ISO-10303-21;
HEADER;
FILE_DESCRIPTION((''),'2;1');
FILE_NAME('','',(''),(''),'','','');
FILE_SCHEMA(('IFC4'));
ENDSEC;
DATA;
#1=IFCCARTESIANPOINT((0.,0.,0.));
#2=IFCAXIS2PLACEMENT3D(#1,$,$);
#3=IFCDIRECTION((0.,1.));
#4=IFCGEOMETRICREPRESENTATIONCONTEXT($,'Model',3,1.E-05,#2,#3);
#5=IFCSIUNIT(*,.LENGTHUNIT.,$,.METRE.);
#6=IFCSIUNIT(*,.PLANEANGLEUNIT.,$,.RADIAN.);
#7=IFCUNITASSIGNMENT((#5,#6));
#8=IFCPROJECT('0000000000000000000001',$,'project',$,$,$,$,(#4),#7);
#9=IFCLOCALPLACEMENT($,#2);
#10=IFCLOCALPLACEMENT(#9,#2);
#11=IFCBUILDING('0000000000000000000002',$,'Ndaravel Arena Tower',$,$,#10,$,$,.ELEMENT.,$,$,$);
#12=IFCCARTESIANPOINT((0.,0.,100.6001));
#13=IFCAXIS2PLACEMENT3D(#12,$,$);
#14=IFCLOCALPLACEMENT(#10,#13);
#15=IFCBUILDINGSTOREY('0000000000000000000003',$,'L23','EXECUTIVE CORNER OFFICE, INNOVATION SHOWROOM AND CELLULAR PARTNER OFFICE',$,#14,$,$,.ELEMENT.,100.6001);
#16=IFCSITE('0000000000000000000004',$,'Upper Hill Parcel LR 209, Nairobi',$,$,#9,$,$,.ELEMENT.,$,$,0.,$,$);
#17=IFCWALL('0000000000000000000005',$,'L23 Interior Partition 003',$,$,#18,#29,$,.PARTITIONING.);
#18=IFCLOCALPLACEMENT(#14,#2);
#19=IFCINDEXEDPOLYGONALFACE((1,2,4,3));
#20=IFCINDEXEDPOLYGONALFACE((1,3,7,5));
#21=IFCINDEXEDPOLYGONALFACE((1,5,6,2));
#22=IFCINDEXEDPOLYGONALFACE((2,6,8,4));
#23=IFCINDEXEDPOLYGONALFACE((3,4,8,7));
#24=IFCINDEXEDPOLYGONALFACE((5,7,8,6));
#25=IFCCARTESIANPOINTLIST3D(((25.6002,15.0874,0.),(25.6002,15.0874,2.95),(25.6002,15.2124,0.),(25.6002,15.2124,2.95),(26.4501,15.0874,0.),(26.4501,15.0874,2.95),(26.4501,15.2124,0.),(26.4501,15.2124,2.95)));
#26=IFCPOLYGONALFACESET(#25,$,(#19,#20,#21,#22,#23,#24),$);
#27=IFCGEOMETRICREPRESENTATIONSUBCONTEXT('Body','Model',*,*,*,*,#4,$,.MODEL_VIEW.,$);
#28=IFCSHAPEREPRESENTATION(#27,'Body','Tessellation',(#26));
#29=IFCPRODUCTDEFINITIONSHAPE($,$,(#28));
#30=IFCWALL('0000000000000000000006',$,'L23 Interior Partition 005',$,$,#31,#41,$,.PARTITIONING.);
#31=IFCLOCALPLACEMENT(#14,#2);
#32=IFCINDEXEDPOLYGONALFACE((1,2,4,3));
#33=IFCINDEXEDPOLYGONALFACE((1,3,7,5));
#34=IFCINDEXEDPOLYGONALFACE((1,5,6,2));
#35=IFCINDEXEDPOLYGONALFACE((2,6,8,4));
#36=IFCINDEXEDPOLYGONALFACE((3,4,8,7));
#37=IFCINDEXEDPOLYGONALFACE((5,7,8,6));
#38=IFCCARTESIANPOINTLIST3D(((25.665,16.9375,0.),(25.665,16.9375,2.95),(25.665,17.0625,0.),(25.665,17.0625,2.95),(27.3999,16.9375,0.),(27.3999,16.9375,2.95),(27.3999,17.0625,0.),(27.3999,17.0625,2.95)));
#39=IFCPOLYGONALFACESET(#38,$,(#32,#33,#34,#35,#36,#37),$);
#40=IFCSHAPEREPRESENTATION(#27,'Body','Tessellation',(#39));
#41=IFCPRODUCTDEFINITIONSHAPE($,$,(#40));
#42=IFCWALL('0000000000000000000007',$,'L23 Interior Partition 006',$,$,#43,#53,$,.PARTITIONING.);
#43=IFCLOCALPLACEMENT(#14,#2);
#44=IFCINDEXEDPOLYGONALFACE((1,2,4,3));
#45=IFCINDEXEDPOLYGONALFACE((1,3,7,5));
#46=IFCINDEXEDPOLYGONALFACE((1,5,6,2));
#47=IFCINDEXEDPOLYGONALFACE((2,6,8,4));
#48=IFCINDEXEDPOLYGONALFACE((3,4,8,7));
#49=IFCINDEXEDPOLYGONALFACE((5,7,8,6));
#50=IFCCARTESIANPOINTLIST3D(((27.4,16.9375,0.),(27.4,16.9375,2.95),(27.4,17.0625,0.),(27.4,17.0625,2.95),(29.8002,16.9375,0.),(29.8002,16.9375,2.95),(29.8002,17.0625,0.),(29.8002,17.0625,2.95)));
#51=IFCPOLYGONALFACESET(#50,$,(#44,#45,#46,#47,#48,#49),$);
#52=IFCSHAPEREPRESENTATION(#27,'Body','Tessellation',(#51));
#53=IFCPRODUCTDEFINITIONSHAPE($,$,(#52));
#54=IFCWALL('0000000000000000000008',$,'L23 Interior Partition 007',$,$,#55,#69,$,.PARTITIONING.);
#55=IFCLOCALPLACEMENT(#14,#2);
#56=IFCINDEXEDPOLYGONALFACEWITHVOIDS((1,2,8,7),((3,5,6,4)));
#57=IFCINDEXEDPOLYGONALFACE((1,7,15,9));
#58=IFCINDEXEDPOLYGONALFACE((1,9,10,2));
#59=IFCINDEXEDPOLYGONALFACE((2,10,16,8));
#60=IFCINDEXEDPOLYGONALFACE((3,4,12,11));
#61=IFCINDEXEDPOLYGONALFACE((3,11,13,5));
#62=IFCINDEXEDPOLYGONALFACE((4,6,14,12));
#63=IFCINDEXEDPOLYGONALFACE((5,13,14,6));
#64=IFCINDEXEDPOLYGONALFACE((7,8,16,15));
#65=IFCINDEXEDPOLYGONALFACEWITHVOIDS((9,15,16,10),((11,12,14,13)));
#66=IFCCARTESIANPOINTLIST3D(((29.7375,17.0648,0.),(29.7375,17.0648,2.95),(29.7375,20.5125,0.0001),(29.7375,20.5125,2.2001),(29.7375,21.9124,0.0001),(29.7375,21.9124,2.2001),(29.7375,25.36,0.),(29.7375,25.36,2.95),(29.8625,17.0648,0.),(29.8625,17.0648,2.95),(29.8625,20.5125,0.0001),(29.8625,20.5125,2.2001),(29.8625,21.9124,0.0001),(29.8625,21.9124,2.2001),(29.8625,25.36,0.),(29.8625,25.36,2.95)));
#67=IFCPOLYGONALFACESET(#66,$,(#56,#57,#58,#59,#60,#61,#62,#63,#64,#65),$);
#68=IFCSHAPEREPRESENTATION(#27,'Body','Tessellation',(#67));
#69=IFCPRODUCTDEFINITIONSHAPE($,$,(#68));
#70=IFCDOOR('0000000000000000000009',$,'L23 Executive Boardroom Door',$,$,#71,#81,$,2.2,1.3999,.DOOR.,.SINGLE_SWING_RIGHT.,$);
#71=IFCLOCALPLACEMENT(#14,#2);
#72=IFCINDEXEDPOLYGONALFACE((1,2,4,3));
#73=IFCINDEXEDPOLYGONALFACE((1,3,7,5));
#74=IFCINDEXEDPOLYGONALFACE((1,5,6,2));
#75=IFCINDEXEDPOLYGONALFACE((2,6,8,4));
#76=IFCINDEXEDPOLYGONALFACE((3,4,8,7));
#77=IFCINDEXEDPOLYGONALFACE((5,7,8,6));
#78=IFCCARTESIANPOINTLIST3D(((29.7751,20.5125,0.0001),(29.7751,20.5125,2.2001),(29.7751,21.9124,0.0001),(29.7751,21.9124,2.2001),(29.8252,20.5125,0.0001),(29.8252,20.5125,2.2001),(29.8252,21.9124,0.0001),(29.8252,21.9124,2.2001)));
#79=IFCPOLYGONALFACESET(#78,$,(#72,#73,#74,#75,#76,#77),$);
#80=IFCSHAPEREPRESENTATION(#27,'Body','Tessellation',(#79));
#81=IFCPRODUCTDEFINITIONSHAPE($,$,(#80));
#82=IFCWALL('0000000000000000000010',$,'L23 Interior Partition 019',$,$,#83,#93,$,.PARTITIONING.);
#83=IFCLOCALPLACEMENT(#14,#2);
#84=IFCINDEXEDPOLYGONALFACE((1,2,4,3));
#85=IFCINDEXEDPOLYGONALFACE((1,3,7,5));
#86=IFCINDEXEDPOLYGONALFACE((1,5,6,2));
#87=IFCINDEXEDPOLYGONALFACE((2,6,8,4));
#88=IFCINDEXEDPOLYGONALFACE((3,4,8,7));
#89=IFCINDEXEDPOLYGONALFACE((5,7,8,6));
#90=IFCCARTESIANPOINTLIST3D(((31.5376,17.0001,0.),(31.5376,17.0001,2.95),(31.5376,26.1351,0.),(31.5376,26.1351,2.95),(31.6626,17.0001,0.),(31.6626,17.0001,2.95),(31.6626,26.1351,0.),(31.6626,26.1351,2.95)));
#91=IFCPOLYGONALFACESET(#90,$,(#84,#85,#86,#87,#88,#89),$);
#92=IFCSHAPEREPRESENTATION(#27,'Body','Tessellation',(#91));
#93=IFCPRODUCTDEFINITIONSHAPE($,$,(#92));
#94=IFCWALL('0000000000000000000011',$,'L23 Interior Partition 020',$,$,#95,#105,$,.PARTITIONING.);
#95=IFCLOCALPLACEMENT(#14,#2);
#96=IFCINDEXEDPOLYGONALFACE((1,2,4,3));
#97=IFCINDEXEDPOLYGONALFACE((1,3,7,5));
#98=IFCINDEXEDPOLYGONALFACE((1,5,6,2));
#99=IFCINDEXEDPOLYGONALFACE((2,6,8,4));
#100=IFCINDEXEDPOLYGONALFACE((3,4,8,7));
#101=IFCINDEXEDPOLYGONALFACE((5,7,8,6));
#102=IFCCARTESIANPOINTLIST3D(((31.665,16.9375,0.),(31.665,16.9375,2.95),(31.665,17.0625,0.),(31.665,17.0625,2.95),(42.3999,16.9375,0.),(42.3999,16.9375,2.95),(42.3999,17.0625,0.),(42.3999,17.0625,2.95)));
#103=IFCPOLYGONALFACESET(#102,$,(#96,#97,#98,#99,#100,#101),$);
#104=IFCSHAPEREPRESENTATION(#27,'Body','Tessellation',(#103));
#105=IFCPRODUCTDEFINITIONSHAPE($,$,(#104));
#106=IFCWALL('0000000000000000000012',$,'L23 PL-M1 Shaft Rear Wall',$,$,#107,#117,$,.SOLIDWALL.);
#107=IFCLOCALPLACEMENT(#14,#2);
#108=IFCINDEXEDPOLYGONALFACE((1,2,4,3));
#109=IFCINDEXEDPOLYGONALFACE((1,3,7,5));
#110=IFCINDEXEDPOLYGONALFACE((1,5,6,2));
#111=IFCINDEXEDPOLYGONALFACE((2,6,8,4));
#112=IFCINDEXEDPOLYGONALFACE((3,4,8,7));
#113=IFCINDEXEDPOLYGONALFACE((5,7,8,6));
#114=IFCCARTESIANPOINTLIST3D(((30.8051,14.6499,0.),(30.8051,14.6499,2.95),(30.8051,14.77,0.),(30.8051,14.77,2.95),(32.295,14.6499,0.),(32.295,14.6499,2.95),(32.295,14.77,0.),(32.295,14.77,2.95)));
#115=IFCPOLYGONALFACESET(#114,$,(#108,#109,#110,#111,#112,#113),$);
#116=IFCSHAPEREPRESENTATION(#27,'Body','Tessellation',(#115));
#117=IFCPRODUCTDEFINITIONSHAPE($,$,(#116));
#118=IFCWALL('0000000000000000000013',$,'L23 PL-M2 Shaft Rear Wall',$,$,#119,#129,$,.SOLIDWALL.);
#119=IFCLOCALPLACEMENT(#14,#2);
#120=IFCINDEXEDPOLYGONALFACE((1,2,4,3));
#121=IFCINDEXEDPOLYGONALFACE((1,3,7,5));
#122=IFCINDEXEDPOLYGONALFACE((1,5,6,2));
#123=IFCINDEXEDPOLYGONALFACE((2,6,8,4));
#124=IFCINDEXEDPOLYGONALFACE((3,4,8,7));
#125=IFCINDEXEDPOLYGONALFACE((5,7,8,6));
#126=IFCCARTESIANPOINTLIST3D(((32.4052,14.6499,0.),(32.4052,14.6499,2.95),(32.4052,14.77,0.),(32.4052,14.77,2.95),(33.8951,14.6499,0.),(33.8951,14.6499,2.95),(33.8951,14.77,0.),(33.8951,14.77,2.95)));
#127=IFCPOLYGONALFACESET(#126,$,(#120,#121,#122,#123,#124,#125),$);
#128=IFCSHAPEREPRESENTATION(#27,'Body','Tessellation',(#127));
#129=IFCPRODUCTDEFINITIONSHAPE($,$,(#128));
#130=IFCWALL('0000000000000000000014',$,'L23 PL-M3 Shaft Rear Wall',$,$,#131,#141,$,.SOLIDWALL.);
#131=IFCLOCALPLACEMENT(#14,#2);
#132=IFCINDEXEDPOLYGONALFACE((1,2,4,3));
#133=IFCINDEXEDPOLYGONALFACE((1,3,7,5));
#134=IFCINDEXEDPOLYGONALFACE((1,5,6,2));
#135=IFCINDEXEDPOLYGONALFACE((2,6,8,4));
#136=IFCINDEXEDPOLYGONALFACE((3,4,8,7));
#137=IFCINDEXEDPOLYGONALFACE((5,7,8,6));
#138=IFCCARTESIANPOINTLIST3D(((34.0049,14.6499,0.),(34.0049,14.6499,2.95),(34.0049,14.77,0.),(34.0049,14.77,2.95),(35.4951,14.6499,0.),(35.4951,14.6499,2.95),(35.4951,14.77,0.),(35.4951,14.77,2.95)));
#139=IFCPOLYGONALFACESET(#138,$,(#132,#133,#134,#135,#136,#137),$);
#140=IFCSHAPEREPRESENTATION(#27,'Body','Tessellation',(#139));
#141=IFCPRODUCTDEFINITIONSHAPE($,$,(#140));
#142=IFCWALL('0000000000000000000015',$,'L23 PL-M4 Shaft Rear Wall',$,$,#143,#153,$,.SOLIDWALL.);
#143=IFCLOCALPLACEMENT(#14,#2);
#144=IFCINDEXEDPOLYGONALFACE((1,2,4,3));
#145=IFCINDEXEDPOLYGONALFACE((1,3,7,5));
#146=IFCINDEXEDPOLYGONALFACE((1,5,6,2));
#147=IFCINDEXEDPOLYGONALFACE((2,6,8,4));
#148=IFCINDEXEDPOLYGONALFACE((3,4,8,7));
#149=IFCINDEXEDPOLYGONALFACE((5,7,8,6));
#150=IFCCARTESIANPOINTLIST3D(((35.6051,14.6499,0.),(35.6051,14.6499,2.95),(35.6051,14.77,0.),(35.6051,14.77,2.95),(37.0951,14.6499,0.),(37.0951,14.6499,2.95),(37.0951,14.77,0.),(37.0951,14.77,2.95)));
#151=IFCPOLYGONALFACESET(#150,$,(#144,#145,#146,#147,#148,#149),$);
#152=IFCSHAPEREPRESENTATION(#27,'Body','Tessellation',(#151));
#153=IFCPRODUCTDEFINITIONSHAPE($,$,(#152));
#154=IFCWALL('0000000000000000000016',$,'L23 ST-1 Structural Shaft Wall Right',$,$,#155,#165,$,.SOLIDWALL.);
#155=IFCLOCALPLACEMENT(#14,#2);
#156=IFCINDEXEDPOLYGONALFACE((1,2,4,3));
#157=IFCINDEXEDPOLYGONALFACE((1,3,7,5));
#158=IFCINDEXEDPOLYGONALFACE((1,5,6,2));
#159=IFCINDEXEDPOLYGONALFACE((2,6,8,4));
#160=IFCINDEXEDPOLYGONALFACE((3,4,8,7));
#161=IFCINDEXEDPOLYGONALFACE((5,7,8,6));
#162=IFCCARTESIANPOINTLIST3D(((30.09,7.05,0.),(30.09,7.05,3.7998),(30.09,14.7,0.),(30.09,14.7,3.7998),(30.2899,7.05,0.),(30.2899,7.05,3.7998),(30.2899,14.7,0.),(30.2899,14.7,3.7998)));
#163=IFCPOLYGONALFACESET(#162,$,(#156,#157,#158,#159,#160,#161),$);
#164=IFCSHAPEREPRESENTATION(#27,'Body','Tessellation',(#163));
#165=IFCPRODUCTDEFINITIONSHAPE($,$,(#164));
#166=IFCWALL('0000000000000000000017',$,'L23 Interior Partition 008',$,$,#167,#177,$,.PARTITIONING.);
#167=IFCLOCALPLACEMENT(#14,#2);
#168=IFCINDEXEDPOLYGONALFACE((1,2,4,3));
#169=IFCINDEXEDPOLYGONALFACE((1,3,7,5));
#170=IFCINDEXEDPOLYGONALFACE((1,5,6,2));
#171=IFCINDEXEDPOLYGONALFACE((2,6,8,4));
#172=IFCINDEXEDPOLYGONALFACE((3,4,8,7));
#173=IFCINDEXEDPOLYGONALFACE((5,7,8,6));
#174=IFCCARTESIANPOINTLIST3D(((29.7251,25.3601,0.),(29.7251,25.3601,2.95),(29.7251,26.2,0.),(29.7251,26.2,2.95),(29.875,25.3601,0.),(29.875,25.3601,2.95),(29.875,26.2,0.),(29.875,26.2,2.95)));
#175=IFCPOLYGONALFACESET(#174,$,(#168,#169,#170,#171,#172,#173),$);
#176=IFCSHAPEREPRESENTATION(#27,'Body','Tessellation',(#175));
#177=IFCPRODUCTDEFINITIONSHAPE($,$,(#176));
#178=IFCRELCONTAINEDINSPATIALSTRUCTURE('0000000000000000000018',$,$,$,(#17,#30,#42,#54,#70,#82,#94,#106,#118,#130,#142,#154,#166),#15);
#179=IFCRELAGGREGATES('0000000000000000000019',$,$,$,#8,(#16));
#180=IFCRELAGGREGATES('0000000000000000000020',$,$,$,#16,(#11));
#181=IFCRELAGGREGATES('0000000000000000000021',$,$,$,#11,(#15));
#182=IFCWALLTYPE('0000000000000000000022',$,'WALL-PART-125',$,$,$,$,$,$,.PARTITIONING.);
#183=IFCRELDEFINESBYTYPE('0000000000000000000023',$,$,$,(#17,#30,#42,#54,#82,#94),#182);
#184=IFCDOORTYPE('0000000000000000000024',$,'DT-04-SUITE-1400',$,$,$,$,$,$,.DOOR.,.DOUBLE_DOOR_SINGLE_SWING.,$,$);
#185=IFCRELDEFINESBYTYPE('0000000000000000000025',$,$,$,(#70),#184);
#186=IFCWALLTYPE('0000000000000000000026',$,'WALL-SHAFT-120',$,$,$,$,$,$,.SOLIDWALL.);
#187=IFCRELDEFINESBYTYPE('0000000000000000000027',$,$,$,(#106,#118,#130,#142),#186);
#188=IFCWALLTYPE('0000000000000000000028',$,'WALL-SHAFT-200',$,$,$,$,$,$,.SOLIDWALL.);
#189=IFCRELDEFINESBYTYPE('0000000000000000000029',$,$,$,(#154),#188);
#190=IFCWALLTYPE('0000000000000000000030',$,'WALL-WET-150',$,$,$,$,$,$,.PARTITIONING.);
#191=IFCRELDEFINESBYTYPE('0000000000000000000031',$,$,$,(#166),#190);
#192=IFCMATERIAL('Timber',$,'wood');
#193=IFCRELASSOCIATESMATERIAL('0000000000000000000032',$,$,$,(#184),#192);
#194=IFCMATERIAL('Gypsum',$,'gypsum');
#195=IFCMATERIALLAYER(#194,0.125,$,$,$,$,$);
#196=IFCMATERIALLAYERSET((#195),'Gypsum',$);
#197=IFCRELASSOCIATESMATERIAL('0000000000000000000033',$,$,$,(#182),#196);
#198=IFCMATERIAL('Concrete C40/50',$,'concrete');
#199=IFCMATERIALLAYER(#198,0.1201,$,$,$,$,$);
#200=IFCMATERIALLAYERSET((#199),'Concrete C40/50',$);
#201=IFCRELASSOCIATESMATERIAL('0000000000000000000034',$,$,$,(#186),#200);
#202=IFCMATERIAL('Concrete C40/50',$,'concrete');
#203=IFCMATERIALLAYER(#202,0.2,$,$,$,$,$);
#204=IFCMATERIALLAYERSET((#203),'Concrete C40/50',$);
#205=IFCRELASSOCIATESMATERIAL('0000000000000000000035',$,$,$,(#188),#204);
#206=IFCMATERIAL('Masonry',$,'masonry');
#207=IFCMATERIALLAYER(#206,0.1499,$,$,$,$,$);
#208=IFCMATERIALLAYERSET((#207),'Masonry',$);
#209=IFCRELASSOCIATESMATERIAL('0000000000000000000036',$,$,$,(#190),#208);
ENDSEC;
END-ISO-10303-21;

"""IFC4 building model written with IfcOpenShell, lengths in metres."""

from ifc_helpers import new_model, si_unit, direction, frame, frame_2d, origin, place, context, subcontext, project, spatial, rectangle, extrude, material, layer, layer_set, type_object, element, fill, save


model = new_model("IFC4")

# Units and contexts
model_context = context("Model", 3, precision=1e-05, world=origin(), true_north=direction((0.0, 1.0)))
body_context = subcontext(model_context, "Body", "Model", "MODEL_VIEW")
ifc_project = project(units=[si_unit("LENGTHUNIT", "METRE"), si_unit("PLANEANGLEUNIT", "RADIAN")], contexts=[model_context])

# Site, building, storey
site_placement = place(None, origin())
site = spatial("IfcSite", under=ifc_project, at=site_placement, Name="Upper Hill Parcel LR 209, Nairobi", CompositionType="ELEMENT", RefElevation=0.0)
building_placement = place(site_placement, origin())
building = spatial("IfcBuilding", under=site, at=building_placement, Name="Ndaravel Arena Tower", CompositionType="ELEMENT")
storey_placement = place(building_placement, frame((0.0, 0.0, 100.6001)))
storey = spatial("IfcBuildingStorey", under=building, at=storey_placement, Name="L23", Description="EXECUTIVE CORNER OFFICE, INNOVATION SHOWROOM AND CELLULAR PARTNER OFFICE", CompositionType="ELEMENT", Elevation=100.6001)

# Shared definitions
ifc_material_1 = material(Name="Timber", Category="wood")
door_type_1 = type_object("IfcDoorType", Name="DT-04-SUITE-1400", OperationType="DOUBLE_DOOR_SINGLE_SWING", PredefinedType="DOOR", material=ifc_material_1)

# Walls
ifc_material_2 = material(Name="Gypsum", Category="gypsum")
ifc_layer_1 = layer(ifc_material_2, 0.125)
ifc_layer_set_1 = layer_set([ifc_layer_1], Name="Gypsum")
wall_type_1 = type_object("IfcWallType", Name="WALL-PART-125", PredefinedType="PARTITIONING", material=ifc_layer_set_1)
wall_1_placement = place(storey_placement, frame((26.45, 15.1499, 0.0), z_axis=(0.0, 0.0, 1.0), x_axis=(-1.0, 0.0, 0.0)))
element("IfcWall", 1, at=wall_1_placement, inside=storey, type_object=wall_type_1, Name="L23 Interior Partition 003", PredefinedType="PARTITIONING", context=body_context, shape_type="SweptSolid", body=[
    extrude(rectangle(XDim=0.8499, YDim=0.125, at=frame_2d((0.4248, 0.0))), origin(), (0.0, 0.0, 1.0), 2.95),
])
wall_2_placement = place(storey_placement, frame((25.665, 17.0, 0.0), z_axis=(0.0, 0.0, 1.0), x_axis=(1.0, 0.0, 0.0)))
element("IfcWall", 2, at=wall_2_placement, inside=storey, type_object=wall_type_1, Name="L23 Interior Partition 005", PredefinedType="PARTITIONING", context=body_context, shape_type="SweptSolid", body=[
    extrude(rectangle(XDim=1.7349, YDim=0.125, at=frame_2d((0.8674, 0.0))), origin(), (0.0, 0.0, 1.0), 2.95),
])
wall_3_placement = place(storey_placement, frame((27.3999, 17.0, 0.0), z_axis=(0.0, 0.0, 1.0), x_axis=(1.0, 0.0, 0.0)))
element("IfcWall", 3, at=wall_3_placement, inside=storey, type_object=wall_type_1, Name="L23 Interior Partition 006", PredefinedType="PARTITIONING", context=body_context, shape_type="SweptSolid", body=[
    extrude(rectangle(XDim=2.4001, YDim=0.125, at=frame_2d((1.2002, 0.0))), origin(), (0.0, 0.0, 1.0), 2.95),
])

# Wall, opening, door
wall_4_placement = place(storey_placement, frame((29.8, 17.0649, 0.0), z_axis=(0.0, 0.0, 1.0), x_axis=(0.0, 1.0, 0.0)))
wall_4 = element("IfcWall", 4, at=wall_4_placement, inside=storey, type_object=wall_type_1, Name="L23 Interior Partition 007", PredefinedType="PARTITIONING", context=body_context, shape_type="SweptSolid", body=[
    extrude(rectangle(XDim=8.2952, YDim=0.125, at=frame_2d((4.1475, 0.0))), origin(), (0.0, 0.0, 1.0), 2.95),
])
opening_1_placement = place(wall_4_placement, frame((3.4475, 0.0, 0.0)))
opening_1 = element("IfcOpeningElement", 5, at=opening_1_placement, cuts=wall_4, PredefinedType="OPENING", context=body_context, shape_type="SweptSolid", body=[
    extrude(rectangle(XDim=1.3999, YDim=2.2, at=frame_2d((0.7, 1.1001))), frame((0.0, 0.0625, 0.0), z_axis=(0.0, -1.0, 0.0), x_axis=(1.0, 0.0, 0.0)), (0.0, 0.0, 1.0), 0.125),
])
door_1_placement = place(opening_1_placement, origin())
door_1 = element("IfcDoor", 6, at=door_1_placement, inside=storey, type_object=door_type_1, Name="L23 Executive Boardroom Door", OperationType="SINGLE_SWING_RIGHT", OverallHeight=2.2, OverallWidth=1.3999, PredefinedType="DOOR", context=body_context, shape_type="SweptSolid", body=[
    extrude(rectangle(XDim=1.3999, YDim=2.2, at=frame_2d((0.7, 1.1001))), frame((0.0, 0.0249, 0.0), z_axis=(0.0, -1.0, 0.0), x_axis=(1.0, 0.0, 0.0)), (0.0, 0.0, 1.0), 0.05),
])
fill(opening_1, door_1)

# Walls
wall_5_placement = place(storey_placement, frame((31.6001, 26.135, 0.0), z_axis=(0.0, 0.0, 1.0), x_axis=(0.0, -1.0, 0.0)))
element("IfcWall", 7, at=wall_5_placement, inside=storey, type_object=wall_type_1, Name="L23 Interior Partition 019", PredefinedType="PARTITIONING", context=body_context, shape_type="SweptSolid", body=[
    extrude(rectangle(XDim=9.135, YDim=0.125, at=frame_2d((4.5674, 0.0))), origin(), (0.0, 0.0, 1.0), 2.95),
])
wall_6_placement = place(storey_placement, frame((31.665, 17.0, 0.0), z_axis=(0.0, 0.0, 1.0), x_axis=(1.0, 0.0, 0.0)))
element("IfcWall", 8, at=wall_6_placement, inside=storey, type_object=wall_type_1, Name="L23 Interior Partition 020", PredefinedType="PARTITIONING", context=body_context, shape_type="SweptSolid", body=[
    extrude(rectangle(XDim=10.7349, YDim=0.125, at=frame_2d((5.3674, 0.0))), origin(), (0.0, 0.0, 1.0), 2.95),
])
ifc_material_3 = material(Name="Concrete C40/50", Category="concrete")
ifc_layer_2 = layer(ifc_material_3, 0.1201)
ifc_layer_set_2 = layer_set([ifc_layer_2], Name="Concrete C40/50")
wall_type_2 = type_object("IfcWallType", Name="WALL-SHAFT-120", PredefinedType="SOLIDWALL", material=ifc_layer_set_2)
for number, where, z_axis, x_axis, name in (
    (9, (30.8049, 14.71, 0.0), (0.0, 0.0, 1.0), (1.0, 0.0, 0.0), "L23 PL-M1 Shaft Rear Wall"),
    (10, (32.405, 14.71, 0.0), (0.0, 0.0, 1.0), (1.0, 0.0, 0.0), "L23 PL-M2 Shaft Rear Wall"),
):
    element("IfcWall", number, at=place(storey_placement, frame(where, z_axis=z_axis, x_axis=x_axis)), inside=storey, type_object=wall_type_2, Name=name, PredefinedType="SOLIDWALL", context=body_context, shape_type="SweptSolid", body=[
        extrude(rectangle(XDim=1.49, YDim=0.1201, at=frame_2d((0.7451, 0.0))), origin(), (0.0, 0.0, 1.0), 2.95),
    ])
wall_7_placement = place(storey_placement, frame((34.0049, 14.71, 0.0), z_axis=(0.0, 0.0, 1.0), x_axis=(1.0, 0.0, 0.0)))
element("IfcWall", 11, at=wall_7_placement, inside=storey, type_object=wall_type_2, Name="L23 PL-M3 Shaft Rear Wall", PredefinedType="SOLIDWALL", context=body_context, shape_type="SweptSolid", body=[
    extrude(rectangle(XDim=1.4902, YDim=0.1201, at=frame_2d((0.7451, 0.0))), origin(), (0.0, 0.0, 1.0), 2.95),
])
wall_8_placement = place(storey_placement, frame((35.605, 14.71, 0.0), z_axis=(0.0, 0.0, 1.0), x_axis=(1.0, 0.0, 0.0)))
element("IfcWall", 12, at=wall_8_placement, inside=storey, type_object=wall_type_2, Name="L23 PL-M4 Shaft Rear Wall", PredefinedType="SOLIDWALL", context=body_context, shape_type="SweptSolid", body=[
    extrude(rectangle(XDim=1.49, YDim=0.1201, at=frame_2d((0.7451, 0.0))), origin(), (0.0, 0.0, 1.0), 2.95),
])
ifc_material_4 = material(Name="Concrete C40/50", Category="concrete")
ifc_layer_3 = layer(ifc_material_4, 0.2)
ifc_layer_set_3 = layer_set([ifc_layer_3], Name="Concrete C40/50")
wall_type_3 = type_object("IfcWallType", Name="WALL-SHAFT-200", PredefinedType="SOLIDWALL", material=ifc_layer_set_3)
wall_9_placement = place(storey_placement, frame((30.1899, 14.7, 0.0), z_axis=(0.0, 0.0, 1.0), x_axis=(0.0, -1.0, 0.0)))
element("IfcWall", 13, at=wall_9_placement, inside=storey, type_object=wall_type_3, Name="L23 ST-1 Structural Shaft Wall Right", PredefinedType="SOLIDWALL", context=body_context, shape_type="SweptSolid", body=[
    extrude(rectangle(XDim=7.6499, YDim=0.2, at=frame_2d((3.825, 0.0))), origin(), (0.0, 0.0, 1.0), 3.7998),
])
ifc_material_5 = material(Name="Masonry", Category="masonry")
ifc_layer_4 = layer(ifc_material_5, 0.1499)
ifc_layer_set_4 = layer_set([ifc_layer_4], Name="Masonry")
wall_type_4 = type_object("IfcWallType", Name="WALL-WET-150", PredefinedType="PARTITIONING", material=ifc_layer_set_4)
wall_10_placement = place(storey_placement, frame((29.8, 25.3601, 0.0), z_axis=(0.0, 0.0, 1.0), x_axis=(0.0, 1.0, 0.0)))
element("IfcWall", 14, at=wall_10_placement, inside=storey, type_object=wall_type_4, Name="L23 Interior Partition 008", PredefinedType="PARTITIONING", context=body_context, shape_type="SweptSolid", body=[
    extrude(rectangle(XDim=0.8398, YDim=0.1499, at=frame_2d((0.4199, 0.0))), origin(), (0.0, 0.0, 1.0), 2.95),
])

save(model, "model.ifc")
